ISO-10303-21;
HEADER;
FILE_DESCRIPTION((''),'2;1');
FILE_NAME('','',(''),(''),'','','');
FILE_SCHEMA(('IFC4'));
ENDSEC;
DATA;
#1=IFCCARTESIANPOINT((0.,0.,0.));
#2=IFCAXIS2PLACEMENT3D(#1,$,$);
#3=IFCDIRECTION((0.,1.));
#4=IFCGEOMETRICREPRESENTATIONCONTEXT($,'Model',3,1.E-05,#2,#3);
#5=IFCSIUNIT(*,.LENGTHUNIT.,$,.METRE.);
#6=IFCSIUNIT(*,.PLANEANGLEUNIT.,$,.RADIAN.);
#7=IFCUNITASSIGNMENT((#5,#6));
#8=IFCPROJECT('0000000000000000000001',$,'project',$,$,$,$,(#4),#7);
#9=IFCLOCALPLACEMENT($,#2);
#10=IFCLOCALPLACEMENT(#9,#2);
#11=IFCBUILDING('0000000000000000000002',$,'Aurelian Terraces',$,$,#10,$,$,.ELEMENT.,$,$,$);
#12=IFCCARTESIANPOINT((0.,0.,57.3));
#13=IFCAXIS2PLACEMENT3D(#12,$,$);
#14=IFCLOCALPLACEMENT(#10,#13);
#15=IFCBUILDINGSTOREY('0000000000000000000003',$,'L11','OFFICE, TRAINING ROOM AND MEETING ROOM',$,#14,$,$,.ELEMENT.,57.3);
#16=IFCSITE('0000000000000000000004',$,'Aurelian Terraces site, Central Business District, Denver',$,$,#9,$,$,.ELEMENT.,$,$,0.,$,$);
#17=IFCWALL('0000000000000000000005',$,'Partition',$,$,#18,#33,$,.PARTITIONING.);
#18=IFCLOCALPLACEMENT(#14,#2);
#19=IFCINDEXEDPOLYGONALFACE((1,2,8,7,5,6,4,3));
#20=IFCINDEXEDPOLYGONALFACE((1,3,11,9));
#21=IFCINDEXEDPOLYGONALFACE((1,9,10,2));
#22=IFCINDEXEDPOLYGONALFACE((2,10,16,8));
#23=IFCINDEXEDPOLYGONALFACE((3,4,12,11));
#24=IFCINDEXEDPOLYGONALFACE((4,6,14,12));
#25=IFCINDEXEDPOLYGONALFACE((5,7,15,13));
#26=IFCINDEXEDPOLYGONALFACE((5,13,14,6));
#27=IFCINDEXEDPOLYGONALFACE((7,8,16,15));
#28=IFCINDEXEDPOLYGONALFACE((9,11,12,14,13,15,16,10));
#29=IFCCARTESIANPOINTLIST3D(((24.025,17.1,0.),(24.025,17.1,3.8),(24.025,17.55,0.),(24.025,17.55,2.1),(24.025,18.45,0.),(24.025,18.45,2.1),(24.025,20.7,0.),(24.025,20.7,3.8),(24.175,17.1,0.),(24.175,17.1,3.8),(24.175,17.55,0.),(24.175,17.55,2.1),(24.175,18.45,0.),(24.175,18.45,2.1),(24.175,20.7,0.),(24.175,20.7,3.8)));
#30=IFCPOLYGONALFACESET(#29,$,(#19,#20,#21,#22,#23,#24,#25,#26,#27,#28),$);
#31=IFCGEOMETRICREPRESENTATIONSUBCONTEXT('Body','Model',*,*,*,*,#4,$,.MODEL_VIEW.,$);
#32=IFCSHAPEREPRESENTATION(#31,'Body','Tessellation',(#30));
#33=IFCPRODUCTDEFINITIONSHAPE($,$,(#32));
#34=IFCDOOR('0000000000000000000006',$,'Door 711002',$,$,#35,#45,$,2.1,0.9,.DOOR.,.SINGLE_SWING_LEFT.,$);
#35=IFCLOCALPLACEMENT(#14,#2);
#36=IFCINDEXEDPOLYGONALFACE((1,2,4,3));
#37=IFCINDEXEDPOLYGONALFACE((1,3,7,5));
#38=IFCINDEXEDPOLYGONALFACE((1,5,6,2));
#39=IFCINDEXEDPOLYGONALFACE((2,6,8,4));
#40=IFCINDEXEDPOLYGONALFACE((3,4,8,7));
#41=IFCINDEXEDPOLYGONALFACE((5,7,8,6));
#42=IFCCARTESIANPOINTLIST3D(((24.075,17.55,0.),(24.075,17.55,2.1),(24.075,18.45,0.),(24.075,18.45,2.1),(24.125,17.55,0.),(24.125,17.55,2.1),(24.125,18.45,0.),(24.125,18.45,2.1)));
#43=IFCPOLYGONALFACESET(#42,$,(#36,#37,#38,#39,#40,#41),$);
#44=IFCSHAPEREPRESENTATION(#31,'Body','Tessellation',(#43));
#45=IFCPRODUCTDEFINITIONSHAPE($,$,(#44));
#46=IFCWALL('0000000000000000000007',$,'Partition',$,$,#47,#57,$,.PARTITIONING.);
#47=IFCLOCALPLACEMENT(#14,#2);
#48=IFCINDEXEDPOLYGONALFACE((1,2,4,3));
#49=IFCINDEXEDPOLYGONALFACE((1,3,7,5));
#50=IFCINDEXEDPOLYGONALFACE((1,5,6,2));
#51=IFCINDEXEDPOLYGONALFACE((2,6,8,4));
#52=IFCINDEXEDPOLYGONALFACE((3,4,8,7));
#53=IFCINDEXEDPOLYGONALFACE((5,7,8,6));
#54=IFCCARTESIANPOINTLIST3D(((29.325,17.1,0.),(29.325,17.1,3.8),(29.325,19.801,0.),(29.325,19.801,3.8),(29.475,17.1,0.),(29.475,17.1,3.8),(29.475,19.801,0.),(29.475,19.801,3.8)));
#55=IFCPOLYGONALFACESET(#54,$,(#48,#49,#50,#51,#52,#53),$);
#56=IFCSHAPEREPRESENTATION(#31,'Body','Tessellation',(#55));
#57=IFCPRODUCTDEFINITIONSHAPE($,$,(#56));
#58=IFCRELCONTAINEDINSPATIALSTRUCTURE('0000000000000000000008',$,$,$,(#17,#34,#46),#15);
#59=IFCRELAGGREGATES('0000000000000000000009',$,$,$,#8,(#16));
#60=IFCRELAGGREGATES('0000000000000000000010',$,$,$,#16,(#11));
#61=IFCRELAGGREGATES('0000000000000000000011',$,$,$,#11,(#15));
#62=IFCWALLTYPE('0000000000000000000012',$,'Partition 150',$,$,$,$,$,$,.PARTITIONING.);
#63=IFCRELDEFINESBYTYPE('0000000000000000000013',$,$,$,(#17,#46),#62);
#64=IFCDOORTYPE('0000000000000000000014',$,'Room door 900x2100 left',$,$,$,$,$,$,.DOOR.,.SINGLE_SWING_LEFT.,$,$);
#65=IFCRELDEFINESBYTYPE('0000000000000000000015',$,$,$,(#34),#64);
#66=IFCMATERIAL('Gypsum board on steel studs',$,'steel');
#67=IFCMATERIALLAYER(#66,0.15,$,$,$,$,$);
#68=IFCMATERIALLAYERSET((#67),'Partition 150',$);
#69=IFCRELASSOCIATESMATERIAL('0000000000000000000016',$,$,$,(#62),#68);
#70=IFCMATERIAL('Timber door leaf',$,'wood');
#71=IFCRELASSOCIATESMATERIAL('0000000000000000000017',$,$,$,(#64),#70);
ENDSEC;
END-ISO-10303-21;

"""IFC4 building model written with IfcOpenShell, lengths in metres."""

from ifc_helpers import new_model, si_unit, direction, frame, frame_2d, origin, place, context, subcontext, project, spatial, rectangle, extrude, source, transform, mapped, material, layer, layer_set, type_object, element, fill, save


model = new_model("IFC4")

# Units and contexts
model_context = context("Model", 3, precision=1e-05, world=origin(), true_north=direction((0.0, 1.0)))
body_context = subcontext(model_context, "Body", "Model", "MODEL_VIEW")
ifc_project = project(units=[si_unit("LENGTHUNIT", "METRE"), si_unit("PLANEANGLEUNIT", "RADIAN")], contexts=[model_context])

# Site, building, storey
site_placement = place(None, origin())
site = spatial("IfcSite", under=ifc_project, at=site_placement, Name="Aurelian Terraces site, Central Business District, Denver", CompositionType="ELEMENT", RefElevation=0.0)
building_placement = place(site_placement, origin())
building = spatial("IfcBuilding", under=site, at=building_placement, Name="Aurelian Terraces", CompositionType="ELEMENT")
storey_placement = place(building_placement, frame((0.0, 0.0, 57.3)))
storey = spatial("IfcBuildingStorey", under=building, at=storey_placement, Name="L11", Description="OFFICE, TRAINING ROOM AND MEETING ROOM", CompositionType="ELEMENT", Elevation=57.3)

# Shared definitions
ifc_material_1 = material(Name="Gypsum board on steel studs", Category="steel")
ifc_layer_1 = layer(ifc_material_1, 0.15)
ifc_layer_set_1 = layer_set([ifc_layer_1], Name="Partition 150")
wall_type_1 = type_object("IfcWallType", Name="Partition 150", PredefinedType="PARTITIONING", material=ifc_layer_set_1)
shared_shape_1 = source(origin(), body_context, "Body", "SweptSolid", [
    extrude(rectangle(XDim=0.9, YDim=2.1, at=frame_2d((0.45, 1.05))), frame((0.0, 0.085, 0.0), z_axis=(0.0, -1.0, 0.0), x_axis=(1.0, 0.0, 0.0)), (0.0, 0.0, 1.0), 0.17),
])
ifc_material_2 = material(Name="Timber door leaf", Category="wood")
shared_shape_2 = source(origin(), body_context, "Body", "SweptSolid", [
    extrude(rectangle(XDim=0.9, YDim=2.1, at=frame_2d((0.45, 1.05))), frame((0.0, 0.025, 0.0), z_axis=(0.0, -1.0, 0.0), x_axis=(1.0, 0.0, 0.0)), (0.0, 0.0, 1.0), 0.05),
])

# Wall, opening, door
shared_shape_3 = source(origin(), body_context, "Body", "SweptSolid", [
    extrude(rectangle(XDim=3.6, YDim=0.15, at=frame_2d((1.8, 0.0))), origin(), (0.0, 0.0, 1.0), 3.8),
])
wall_1_placement = place(storey_placement, frame((24.1, 20.7, 0.0), z_axis=(0.0, 0.0, 1.0), x_axis=(0.0, -1.0, 0.0)))
wall_1 = element("IfcWall", 1, at=wall_1_placement, inside=storey, type_object=wall_type_1, Name="Partition", PredefinedType="PARTITIONING", context=body_context, shape_type="MappedRepresentation", body=[
    mapped(shared_shape_3, transform((0.0, 0.0, 0.0), scale=1.0)),
])
opening_1_placement = place(wall_1_placement, frame((2.25, 0.0, 0.0)))
opening_1 = element("IfcOpeningElement", 2, at=opening_1_placement, cuts=wall_1, PredefinedType="OPENING", context=body_context, shape_type="MappedRepresentation", body=[
    mapped(shared_shape_1, transform((0.0, 0.0, 0.0), scale=1.0)),
])
door_type_1 = type_object("IfcDoorType", Name="Room door 900x2100 left", OperationType="SINGLE_SWING_LEFT", PredefinedType="DOOR", material=ifc_material_2)
door_1_placement = place(opening_1_placement, origin())
door_1 = element("IfcDoor", 3, at=door_1_placement, inside=storey, type_object=door_type_1, Name="Door 711002", OperationType="SINGLE_SWING_LEFT", OverallHeight=2.1, OverallWidth=0.9, PredefinedType="DOOR", context=body_context, shape_type="MappedRepresentation", body=[
    mapped(shared_shape_2, transform((0.0, 0.0, 0.0), scale=1.0)),
])
fill(opening_1, door_1)

# Wall
shared_shape_4 = source(origin(), body_context, "Body", "SweptSolid", [
    extrude(rectangle(XDim=2.701, YDim=0.15, at=frame_2d((1.3505, 0.0))), origin(), (0.0, 0.0, 1.0), 3.8),
])
wall_2_placement = place(storey_placement, frame((29.4, 17.1, 0.0), z_axis=(0.0, 0.0, 1.0), x_axis=(0.0, 1.0, 0.0)))
element("IfcWall", 4, at=wall_2_placement, inside=storey, type_object=wall_type_1, Name="Partition", PredefinedType="PARTITIONING", context=body_context, shape_type="MappedRepresentation", body=[
    mapped(shared_shape_4, transform((0.0, 0.0, 0.0), scale=1.0)),
])

save(model, "model.ifc")
